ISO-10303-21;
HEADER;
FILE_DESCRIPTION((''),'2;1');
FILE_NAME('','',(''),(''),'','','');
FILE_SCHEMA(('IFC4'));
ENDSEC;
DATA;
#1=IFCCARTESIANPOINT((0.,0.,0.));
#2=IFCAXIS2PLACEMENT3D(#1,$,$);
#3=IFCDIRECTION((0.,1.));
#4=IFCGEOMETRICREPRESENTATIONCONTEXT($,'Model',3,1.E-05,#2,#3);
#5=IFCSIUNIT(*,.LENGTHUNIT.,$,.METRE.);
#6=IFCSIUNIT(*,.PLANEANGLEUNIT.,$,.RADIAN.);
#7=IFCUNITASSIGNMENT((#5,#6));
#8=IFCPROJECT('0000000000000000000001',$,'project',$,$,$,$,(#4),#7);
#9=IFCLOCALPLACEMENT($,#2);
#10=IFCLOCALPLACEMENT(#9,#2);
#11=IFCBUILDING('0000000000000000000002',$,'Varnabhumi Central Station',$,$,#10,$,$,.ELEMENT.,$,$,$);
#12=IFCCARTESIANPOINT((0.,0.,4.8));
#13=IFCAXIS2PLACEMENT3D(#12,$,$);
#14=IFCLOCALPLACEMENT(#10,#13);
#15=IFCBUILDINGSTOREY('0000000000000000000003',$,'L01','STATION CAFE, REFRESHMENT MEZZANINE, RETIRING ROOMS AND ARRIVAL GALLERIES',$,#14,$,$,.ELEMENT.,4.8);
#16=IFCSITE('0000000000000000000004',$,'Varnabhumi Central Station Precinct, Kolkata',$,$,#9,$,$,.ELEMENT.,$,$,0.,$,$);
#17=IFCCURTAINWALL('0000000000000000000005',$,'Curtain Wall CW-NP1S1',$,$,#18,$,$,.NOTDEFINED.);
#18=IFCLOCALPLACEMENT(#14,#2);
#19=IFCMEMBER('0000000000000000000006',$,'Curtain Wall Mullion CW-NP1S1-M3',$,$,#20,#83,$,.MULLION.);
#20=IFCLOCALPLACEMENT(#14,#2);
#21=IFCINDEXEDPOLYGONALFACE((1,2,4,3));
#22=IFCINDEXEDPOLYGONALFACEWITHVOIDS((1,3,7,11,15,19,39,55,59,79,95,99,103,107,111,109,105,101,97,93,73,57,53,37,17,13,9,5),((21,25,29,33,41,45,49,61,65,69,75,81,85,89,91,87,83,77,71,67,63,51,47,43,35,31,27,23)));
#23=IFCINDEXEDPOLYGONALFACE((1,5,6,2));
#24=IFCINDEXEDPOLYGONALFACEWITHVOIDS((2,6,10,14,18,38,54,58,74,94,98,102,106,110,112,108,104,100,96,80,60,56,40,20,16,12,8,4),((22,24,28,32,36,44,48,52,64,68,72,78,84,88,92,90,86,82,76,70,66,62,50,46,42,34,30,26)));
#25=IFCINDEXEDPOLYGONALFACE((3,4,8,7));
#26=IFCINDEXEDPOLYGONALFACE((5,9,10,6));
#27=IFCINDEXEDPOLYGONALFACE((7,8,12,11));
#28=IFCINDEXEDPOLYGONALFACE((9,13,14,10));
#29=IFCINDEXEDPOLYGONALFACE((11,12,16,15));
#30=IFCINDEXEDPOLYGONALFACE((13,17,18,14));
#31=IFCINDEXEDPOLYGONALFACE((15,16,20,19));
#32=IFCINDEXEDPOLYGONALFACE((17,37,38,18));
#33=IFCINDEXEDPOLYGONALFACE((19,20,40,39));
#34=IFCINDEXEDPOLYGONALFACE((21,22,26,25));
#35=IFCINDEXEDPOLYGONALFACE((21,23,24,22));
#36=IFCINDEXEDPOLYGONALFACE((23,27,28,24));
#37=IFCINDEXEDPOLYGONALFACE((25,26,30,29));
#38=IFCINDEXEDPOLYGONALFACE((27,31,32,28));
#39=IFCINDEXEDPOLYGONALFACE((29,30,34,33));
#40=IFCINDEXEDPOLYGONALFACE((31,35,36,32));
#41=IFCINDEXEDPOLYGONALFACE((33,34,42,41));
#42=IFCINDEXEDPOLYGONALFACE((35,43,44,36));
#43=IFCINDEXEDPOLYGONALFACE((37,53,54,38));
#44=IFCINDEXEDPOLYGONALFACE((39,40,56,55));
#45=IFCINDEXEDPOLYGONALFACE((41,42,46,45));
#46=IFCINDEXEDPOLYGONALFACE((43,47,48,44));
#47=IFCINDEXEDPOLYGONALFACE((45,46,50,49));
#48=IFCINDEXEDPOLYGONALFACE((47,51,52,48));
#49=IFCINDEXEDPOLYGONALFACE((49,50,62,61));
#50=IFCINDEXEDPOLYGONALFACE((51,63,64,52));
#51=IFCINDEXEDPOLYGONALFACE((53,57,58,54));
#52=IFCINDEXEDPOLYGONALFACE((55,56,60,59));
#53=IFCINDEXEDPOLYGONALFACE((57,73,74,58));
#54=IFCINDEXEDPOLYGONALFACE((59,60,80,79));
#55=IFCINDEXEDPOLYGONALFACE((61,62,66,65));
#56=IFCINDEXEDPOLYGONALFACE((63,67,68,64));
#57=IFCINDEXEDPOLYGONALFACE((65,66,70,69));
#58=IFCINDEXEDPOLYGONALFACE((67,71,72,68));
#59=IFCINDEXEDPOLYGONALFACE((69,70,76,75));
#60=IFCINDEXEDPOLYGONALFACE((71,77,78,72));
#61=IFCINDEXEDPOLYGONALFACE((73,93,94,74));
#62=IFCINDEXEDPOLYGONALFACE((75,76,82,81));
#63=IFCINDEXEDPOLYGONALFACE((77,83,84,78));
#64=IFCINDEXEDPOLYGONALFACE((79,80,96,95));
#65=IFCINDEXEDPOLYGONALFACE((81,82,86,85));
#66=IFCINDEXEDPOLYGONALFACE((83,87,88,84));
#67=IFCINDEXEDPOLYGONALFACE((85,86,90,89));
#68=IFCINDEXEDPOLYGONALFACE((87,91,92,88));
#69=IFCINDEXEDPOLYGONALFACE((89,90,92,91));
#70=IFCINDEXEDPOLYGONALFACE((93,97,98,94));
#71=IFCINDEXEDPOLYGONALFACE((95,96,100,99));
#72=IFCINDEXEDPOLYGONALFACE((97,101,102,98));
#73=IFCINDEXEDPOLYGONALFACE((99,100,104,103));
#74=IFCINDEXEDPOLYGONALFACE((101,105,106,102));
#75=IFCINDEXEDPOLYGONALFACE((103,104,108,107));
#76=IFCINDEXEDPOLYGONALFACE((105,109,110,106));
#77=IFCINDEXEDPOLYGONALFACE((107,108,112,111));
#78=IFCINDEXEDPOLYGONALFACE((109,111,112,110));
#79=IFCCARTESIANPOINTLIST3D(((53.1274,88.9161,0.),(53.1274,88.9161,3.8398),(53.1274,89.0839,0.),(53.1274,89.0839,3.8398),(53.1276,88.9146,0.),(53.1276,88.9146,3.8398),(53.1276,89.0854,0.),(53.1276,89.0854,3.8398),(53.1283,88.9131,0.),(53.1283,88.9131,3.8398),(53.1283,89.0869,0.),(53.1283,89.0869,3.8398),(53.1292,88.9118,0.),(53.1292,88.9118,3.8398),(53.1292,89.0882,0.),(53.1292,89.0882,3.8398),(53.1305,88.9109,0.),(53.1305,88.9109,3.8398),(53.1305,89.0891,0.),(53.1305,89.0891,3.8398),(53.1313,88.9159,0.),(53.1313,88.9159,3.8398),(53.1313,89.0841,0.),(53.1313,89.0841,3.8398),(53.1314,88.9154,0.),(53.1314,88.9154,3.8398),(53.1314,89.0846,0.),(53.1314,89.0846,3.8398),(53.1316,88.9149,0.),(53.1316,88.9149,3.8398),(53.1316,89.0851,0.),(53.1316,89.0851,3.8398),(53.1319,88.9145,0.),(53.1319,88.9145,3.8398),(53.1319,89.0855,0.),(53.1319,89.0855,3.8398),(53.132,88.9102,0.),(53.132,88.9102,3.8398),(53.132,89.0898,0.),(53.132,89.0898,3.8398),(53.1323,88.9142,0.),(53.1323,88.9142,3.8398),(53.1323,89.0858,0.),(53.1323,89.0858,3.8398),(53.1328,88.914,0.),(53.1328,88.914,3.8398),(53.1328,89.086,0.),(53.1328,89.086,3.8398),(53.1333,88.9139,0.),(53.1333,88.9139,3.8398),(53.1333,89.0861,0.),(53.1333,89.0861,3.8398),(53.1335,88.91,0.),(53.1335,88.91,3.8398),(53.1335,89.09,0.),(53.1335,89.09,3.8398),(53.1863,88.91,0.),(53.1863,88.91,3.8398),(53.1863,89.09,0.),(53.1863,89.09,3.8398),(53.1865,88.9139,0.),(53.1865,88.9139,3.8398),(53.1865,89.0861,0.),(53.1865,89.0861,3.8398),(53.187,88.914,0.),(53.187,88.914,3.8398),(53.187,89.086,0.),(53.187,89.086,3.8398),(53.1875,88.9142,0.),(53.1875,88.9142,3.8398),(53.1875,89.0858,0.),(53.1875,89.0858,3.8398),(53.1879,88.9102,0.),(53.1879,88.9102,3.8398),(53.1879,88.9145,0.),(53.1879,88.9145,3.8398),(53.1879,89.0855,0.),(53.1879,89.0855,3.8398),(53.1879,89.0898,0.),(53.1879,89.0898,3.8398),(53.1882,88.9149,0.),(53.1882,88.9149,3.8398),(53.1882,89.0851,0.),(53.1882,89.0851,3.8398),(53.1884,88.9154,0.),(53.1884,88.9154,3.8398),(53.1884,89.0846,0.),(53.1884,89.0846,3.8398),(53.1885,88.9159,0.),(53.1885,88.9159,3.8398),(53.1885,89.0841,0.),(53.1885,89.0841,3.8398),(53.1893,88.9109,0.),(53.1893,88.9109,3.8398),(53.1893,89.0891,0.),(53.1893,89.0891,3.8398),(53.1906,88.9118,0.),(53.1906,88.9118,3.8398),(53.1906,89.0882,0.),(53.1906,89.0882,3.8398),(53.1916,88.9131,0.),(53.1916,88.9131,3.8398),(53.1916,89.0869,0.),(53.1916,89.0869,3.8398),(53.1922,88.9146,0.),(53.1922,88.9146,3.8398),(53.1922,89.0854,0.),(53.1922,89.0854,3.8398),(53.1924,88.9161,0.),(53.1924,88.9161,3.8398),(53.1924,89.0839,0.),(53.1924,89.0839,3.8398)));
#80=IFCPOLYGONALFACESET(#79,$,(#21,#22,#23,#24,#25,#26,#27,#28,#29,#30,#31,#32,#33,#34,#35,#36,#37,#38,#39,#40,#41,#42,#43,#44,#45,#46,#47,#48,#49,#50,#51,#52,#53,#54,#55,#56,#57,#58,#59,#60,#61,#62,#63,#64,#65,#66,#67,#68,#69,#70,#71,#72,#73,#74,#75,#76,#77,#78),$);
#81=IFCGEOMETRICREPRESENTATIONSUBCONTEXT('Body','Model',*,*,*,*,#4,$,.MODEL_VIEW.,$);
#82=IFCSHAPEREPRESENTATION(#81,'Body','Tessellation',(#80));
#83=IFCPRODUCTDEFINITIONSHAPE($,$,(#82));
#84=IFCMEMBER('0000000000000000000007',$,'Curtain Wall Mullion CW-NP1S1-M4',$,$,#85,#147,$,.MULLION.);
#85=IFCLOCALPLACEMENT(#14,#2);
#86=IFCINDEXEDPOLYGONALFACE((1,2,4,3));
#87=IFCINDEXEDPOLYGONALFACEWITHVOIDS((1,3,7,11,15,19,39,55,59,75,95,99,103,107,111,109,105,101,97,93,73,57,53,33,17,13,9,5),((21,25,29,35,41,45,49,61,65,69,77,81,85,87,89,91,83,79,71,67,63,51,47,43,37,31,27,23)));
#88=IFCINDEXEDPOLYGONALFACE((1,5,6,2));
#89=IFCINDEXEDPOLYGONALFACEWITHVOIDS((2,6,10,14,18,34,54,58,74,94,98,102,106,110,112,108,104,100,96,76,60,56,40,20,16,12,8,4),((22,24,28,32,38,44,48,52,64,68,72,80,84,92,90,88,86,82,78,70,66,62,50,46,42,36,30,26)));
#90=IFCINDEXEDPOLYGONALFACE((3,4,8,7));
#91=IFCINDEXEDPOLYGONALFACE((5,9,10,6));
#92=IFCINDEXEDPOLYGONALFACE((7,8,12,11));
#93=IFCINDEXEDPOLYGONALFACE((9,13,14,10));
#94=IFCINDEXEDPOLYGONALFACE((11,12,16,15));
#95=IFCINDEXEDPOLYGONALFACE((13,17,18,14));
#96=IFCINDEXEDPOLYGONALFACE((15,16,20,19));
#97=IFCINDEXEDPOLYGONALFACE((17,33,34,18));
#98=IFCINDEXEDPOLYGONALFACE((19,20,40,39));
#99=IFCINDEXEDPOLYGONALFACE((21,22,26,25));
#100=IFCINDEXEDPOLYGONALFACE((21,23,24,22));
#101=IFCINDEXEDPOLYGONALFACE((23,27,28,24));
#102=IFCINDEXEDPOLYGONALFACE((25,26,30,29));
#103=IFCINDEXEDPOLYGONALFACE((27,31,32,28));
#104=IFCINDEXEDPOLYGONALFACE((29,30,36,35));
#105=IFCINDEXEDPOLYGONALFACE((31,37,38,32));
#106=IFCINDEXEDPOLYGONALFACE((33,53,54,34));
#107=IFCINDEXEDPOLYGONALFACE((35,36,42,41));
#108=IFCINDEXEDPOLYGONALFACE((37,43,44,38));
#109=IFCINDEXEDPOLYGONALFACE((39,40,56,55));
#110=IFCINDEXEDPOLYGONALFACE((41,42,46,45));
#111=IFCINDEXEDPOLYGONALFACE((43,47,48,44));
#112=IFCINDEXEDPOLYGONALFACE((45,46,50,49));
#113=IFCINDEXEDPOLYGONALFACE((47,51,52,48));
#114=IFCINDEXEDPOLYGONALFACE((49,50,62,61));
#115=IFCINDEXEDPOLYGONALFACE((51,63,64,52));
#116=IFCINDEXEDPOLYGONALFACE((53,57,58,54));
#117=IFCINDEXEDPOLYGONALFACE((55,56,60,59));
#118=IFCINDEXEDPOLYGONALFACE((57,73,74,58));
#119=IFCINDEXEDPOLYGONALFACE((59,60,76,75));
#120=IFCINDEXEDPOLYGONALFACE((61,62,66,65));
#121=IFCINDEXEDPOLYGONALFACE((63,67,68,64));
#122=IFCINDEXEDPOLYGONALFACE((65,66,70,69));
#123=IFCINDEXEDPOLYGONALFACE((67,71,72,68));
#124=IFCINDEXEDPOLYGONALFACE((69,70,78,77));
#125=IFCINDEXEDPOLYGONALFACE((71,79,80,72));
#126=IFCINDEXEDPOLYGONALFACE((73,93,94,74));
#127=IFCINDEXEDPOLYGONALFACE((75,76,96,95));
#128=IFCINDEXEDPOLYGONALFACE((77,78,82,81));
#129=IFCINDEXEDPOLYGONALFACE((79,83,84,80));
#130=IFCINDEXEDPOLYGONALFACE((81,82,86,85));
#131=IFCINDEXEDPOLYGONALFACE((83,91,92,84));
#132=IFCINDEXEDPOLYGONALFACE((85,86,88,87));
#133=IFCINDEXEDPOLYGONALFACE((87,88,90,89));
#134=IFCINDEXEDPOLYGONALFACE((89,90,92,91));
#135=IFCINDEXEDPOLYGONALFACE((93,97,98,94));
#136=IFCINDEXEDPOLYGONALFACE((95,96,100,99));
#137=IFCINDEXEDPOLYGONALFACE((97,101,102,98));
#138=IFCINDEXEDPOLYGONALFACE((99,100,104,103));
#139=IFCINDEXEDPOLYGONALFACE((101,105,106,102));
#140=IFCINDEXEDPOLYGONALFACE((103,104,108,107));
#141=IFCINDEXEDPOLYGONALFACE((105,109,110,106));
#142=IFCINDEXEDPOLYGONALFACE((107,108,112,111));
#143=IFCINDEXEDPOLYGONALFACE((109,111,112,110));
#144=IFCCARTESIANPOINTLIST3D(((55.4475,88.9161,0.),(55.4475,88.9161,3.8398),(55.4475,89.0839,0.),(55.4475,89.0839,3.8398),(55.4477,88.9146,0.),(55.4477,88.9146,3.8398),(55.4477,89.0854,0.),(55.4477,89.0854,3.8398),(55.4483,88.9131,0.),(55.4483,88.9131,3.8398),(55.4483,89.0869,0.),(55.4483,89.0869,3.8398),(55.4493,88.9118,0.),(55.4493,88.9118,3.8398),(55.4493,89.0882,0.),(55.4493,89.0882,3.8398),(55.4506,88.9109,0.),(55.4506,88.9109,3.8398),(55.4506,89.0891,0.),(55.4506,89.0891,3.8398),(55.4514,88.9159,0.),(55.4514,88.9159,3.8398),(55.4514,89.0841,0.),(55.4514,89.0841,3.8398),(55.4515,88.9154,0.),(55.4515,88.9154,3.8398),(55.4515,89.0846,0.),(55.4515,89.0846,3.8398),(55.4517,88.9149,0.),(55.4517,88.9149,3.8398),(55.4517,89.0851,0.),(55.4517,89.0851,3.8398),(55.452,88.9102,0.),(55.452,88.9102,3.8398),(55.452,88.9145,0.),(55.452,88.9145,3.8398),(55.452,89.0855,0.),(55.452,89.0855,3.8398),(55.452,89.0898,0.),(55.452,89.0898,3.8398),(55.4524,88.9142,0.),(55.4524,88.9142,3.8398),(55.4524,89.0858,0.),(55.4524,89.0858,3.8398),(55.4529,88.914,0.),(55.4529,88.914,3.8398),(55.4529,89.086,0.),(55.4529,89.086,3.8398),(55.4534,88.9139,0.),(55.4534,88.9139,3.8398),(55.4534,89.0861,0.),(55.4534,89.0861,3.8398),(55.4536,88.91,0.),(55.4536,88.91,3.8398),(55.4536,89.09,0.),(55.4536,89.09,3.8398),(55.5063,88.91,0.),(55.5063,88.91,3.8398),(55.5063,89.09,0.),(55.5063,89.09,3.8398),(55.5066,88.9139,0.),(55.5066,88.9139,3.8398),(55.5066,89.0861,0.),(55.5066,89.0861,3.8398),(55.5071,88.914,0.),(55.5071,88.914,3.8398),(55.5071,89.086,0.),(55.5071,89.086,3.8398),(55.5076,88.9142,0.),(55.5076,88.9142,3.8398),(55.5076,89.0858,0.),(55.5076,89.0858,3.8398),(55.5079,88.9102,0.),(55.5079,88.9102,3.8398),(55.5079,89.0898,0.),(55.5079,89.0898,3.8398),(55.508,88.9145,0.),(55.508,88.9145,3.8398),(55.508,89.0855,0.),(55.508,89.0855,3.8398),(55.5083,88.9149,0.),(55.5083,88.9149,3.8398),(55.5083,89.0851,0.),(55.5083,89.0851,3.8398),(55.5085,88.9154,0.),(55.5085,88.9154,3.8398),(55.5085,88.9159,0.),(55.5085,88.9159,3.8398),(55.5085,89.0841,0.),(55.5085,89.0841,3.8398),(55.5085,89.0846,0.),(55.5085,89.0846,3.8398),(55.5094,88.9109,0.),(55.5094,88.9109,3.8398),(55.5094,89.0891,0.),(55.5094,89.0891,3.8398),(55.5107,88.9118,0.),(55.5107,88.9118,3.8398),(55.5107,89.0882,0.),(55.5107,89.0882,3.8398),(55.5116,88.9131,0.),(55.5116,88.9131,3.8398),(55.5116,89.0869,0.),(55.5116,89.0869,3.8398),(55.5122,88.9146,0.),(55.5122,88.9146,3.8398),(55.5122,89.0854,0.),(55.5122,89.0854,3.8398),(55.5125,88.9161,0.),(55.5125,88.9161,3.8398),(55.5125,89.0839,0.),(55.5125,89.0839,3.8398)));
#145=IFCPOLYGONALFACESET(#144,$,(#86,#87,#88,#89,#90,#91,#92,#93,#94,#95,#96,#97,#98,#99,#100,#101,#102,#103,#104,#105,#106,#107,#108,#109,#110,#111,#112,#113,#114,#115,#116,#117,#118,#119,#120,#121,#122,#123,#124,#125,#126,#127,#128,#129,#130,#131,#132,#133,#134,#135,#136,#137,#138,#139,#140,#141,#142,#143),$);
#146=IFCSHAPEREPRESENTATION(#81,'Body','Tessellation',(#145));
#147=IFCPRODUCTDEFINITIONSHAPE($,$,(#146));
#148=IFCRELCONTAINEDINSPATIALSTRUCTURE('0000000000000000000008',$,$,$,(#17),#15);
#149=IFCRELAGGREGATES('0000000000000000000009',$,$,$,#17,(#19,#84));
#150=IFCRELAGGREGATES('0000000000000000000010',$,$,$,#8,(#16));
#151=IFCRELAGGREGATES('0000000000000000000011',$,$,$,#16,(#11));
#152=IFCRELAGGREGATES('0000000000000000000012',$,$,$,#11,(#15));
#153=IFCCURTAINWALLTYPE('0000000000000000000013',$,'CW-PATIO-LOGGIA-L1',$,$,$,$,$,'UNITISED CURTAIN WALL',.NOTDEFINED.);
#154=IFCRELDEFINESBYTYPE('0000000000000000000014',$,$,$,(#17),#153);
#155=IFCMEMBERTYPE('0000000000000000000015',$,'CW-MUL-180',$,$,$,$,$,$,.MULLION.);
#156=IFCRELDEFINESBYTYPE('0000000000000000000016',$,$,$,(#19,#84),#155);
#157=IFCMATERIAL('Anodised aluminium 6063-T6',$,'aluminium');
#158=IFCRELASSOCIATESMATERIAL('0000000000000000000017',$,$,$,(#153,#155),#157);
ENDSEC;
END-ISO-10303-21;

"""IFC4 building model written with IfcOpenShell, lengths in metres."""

from ifc_helpers import new_model, si_unit, direction, frame, origin, origin_2d, place, context, subcontext, project, spatial, hollow_rectangle, extrude, material, material_profile, profile_set, type_object, element, aggregate, save


model = new_model("IFC4")

# Units and contexts
model_context = context("Model", 3, precision=1e-05, world=origin(), true_north=direction((0.0, 1.0)))
body_context = subcontext(model_context, "Body", "Model", "MODEL_VIEW")
ifc_project = project(units=[si_unit("LENGTHUNIT", "METRE"), si_unit("PLANEANGLEUNIT", "RADIAN")], contexts=[model_context])

# Site, building, storey
site_placement = place(None, origin())
site = spatial("IfcSite", under=ifc_project, at=site_placement, Name="Varnabhumi Central Station Precinct, Kolkata", CompositionType="ELEMENT", RefElevation=0.0)
building_placement = place(site_placement, origin())
building = spatial("IfcBuilding", under=site, at=building_placement, Name="Varnabhumi Central Station", CompositionType="ELEMENT")
storey_placement = place(building_placement, frame((0.0, 0.0, 4.8)))
storey = spatial("IfcBuildingStorey", under=building, at=storey_placement, Name="L01", Description="STATION CAFE, REFRESHMENT MEZZANINE, RETIRING ROOMS AND ARRIVAL GALLERIES", CompositionType="ELEMENT", Elevation=4.8)

# Shared definitions
ifc_material_1 = material(Name="Anodised aluminium 6063-T6", Category="aluminium")
curtain_wall_type = type_object("IfcCurtainWallType", Name="CW-PATIO-LOGGIA-L1", ElementType="UNITISED CURTAIN WALL", PredefinedType="NOTDEFINED", material=ifc_material_1)
ifc_material_profile_1 = material_profile(ifc_material_1, hollow_rectangle(XDim=0.0649, YDim=0.1799, WallThickness=0.0039, InnerFilletRadius=0.002, OuterFilletRadius=0.0061, at=origin_2d()), Name="Anodised aluminium 6063-T6", Category="aluminium")
ifc_profile_set_1 = profile_set([ifc_material_profile_1], Name="Anodised aluminium 6063-T6")
member_type_1 = type_object("IfcMemberType", Name="CW-MUL-180", PredefinedType="MULLION", material=ifc_profile_set_1)

# Curtain wall, members
curtain_wall_1_placement = place(storey_placement, origin())
curtain_wall_1 = element("IfcCurtainWall", 1, at=curtain_wall_1_placement, inside=storey, type_object=curtain_wall_type, Name="Curtain Wall CW-NP1S1", PredefinedType="NOTDEFINED")
member_1_placement = place(storey_placement, frame((53.1599, 89.0, 0.0), z_axis=(0.0, 0.0, 1.0), x_axis=(1.0, 0.0, 0.0)))
member_1 = element("IfcMember", 2, at=member_1_placement, type_object=member_type_1, Name="Curtain Wall Mullion CW-NP1S1-M3", PredefinedType="MULLION", context=body_context, shape_type="SweptSolid", body=[
    extrude(hollow_rectangle(XDim=0.0649, YDim=0.1799, WallThickness=0.0039, InnerFilletRadius=0.002, OuterFilletRadius=0.0061, at=origin_2d()), origin(), (0.0, 0.0, 1.0), 3.8398),
])
member_2_placement = place(storey_placement, frame((55.48, 89.0, 0.0), z_axis=(0.0, 0.0, 1.0), x_axis=(1.0, 0.0, 0.0)))
member_2 = element("IfcMember", 3, at=member_2_placement, type_object=member_type_1, Name="Curtain Wall Mullion CW-NP1S1-M4", PredefinedType="MULLION", context=body_context, shape_type="SweptSolid", body=[
    extrude(hollow_rectangle(XDim=0.0649, YDim=0.1799, WallThickness=0.0039, InnerFilletRadius=0.002, OuterFilletRadius=0.0061, at=origin_2d()), origin(), (0.0, 0.0, 1.0), 3.8398),
])

aggregate(curtain_wall_1, [member_1, member_2])

save(model, "model.ifc")
